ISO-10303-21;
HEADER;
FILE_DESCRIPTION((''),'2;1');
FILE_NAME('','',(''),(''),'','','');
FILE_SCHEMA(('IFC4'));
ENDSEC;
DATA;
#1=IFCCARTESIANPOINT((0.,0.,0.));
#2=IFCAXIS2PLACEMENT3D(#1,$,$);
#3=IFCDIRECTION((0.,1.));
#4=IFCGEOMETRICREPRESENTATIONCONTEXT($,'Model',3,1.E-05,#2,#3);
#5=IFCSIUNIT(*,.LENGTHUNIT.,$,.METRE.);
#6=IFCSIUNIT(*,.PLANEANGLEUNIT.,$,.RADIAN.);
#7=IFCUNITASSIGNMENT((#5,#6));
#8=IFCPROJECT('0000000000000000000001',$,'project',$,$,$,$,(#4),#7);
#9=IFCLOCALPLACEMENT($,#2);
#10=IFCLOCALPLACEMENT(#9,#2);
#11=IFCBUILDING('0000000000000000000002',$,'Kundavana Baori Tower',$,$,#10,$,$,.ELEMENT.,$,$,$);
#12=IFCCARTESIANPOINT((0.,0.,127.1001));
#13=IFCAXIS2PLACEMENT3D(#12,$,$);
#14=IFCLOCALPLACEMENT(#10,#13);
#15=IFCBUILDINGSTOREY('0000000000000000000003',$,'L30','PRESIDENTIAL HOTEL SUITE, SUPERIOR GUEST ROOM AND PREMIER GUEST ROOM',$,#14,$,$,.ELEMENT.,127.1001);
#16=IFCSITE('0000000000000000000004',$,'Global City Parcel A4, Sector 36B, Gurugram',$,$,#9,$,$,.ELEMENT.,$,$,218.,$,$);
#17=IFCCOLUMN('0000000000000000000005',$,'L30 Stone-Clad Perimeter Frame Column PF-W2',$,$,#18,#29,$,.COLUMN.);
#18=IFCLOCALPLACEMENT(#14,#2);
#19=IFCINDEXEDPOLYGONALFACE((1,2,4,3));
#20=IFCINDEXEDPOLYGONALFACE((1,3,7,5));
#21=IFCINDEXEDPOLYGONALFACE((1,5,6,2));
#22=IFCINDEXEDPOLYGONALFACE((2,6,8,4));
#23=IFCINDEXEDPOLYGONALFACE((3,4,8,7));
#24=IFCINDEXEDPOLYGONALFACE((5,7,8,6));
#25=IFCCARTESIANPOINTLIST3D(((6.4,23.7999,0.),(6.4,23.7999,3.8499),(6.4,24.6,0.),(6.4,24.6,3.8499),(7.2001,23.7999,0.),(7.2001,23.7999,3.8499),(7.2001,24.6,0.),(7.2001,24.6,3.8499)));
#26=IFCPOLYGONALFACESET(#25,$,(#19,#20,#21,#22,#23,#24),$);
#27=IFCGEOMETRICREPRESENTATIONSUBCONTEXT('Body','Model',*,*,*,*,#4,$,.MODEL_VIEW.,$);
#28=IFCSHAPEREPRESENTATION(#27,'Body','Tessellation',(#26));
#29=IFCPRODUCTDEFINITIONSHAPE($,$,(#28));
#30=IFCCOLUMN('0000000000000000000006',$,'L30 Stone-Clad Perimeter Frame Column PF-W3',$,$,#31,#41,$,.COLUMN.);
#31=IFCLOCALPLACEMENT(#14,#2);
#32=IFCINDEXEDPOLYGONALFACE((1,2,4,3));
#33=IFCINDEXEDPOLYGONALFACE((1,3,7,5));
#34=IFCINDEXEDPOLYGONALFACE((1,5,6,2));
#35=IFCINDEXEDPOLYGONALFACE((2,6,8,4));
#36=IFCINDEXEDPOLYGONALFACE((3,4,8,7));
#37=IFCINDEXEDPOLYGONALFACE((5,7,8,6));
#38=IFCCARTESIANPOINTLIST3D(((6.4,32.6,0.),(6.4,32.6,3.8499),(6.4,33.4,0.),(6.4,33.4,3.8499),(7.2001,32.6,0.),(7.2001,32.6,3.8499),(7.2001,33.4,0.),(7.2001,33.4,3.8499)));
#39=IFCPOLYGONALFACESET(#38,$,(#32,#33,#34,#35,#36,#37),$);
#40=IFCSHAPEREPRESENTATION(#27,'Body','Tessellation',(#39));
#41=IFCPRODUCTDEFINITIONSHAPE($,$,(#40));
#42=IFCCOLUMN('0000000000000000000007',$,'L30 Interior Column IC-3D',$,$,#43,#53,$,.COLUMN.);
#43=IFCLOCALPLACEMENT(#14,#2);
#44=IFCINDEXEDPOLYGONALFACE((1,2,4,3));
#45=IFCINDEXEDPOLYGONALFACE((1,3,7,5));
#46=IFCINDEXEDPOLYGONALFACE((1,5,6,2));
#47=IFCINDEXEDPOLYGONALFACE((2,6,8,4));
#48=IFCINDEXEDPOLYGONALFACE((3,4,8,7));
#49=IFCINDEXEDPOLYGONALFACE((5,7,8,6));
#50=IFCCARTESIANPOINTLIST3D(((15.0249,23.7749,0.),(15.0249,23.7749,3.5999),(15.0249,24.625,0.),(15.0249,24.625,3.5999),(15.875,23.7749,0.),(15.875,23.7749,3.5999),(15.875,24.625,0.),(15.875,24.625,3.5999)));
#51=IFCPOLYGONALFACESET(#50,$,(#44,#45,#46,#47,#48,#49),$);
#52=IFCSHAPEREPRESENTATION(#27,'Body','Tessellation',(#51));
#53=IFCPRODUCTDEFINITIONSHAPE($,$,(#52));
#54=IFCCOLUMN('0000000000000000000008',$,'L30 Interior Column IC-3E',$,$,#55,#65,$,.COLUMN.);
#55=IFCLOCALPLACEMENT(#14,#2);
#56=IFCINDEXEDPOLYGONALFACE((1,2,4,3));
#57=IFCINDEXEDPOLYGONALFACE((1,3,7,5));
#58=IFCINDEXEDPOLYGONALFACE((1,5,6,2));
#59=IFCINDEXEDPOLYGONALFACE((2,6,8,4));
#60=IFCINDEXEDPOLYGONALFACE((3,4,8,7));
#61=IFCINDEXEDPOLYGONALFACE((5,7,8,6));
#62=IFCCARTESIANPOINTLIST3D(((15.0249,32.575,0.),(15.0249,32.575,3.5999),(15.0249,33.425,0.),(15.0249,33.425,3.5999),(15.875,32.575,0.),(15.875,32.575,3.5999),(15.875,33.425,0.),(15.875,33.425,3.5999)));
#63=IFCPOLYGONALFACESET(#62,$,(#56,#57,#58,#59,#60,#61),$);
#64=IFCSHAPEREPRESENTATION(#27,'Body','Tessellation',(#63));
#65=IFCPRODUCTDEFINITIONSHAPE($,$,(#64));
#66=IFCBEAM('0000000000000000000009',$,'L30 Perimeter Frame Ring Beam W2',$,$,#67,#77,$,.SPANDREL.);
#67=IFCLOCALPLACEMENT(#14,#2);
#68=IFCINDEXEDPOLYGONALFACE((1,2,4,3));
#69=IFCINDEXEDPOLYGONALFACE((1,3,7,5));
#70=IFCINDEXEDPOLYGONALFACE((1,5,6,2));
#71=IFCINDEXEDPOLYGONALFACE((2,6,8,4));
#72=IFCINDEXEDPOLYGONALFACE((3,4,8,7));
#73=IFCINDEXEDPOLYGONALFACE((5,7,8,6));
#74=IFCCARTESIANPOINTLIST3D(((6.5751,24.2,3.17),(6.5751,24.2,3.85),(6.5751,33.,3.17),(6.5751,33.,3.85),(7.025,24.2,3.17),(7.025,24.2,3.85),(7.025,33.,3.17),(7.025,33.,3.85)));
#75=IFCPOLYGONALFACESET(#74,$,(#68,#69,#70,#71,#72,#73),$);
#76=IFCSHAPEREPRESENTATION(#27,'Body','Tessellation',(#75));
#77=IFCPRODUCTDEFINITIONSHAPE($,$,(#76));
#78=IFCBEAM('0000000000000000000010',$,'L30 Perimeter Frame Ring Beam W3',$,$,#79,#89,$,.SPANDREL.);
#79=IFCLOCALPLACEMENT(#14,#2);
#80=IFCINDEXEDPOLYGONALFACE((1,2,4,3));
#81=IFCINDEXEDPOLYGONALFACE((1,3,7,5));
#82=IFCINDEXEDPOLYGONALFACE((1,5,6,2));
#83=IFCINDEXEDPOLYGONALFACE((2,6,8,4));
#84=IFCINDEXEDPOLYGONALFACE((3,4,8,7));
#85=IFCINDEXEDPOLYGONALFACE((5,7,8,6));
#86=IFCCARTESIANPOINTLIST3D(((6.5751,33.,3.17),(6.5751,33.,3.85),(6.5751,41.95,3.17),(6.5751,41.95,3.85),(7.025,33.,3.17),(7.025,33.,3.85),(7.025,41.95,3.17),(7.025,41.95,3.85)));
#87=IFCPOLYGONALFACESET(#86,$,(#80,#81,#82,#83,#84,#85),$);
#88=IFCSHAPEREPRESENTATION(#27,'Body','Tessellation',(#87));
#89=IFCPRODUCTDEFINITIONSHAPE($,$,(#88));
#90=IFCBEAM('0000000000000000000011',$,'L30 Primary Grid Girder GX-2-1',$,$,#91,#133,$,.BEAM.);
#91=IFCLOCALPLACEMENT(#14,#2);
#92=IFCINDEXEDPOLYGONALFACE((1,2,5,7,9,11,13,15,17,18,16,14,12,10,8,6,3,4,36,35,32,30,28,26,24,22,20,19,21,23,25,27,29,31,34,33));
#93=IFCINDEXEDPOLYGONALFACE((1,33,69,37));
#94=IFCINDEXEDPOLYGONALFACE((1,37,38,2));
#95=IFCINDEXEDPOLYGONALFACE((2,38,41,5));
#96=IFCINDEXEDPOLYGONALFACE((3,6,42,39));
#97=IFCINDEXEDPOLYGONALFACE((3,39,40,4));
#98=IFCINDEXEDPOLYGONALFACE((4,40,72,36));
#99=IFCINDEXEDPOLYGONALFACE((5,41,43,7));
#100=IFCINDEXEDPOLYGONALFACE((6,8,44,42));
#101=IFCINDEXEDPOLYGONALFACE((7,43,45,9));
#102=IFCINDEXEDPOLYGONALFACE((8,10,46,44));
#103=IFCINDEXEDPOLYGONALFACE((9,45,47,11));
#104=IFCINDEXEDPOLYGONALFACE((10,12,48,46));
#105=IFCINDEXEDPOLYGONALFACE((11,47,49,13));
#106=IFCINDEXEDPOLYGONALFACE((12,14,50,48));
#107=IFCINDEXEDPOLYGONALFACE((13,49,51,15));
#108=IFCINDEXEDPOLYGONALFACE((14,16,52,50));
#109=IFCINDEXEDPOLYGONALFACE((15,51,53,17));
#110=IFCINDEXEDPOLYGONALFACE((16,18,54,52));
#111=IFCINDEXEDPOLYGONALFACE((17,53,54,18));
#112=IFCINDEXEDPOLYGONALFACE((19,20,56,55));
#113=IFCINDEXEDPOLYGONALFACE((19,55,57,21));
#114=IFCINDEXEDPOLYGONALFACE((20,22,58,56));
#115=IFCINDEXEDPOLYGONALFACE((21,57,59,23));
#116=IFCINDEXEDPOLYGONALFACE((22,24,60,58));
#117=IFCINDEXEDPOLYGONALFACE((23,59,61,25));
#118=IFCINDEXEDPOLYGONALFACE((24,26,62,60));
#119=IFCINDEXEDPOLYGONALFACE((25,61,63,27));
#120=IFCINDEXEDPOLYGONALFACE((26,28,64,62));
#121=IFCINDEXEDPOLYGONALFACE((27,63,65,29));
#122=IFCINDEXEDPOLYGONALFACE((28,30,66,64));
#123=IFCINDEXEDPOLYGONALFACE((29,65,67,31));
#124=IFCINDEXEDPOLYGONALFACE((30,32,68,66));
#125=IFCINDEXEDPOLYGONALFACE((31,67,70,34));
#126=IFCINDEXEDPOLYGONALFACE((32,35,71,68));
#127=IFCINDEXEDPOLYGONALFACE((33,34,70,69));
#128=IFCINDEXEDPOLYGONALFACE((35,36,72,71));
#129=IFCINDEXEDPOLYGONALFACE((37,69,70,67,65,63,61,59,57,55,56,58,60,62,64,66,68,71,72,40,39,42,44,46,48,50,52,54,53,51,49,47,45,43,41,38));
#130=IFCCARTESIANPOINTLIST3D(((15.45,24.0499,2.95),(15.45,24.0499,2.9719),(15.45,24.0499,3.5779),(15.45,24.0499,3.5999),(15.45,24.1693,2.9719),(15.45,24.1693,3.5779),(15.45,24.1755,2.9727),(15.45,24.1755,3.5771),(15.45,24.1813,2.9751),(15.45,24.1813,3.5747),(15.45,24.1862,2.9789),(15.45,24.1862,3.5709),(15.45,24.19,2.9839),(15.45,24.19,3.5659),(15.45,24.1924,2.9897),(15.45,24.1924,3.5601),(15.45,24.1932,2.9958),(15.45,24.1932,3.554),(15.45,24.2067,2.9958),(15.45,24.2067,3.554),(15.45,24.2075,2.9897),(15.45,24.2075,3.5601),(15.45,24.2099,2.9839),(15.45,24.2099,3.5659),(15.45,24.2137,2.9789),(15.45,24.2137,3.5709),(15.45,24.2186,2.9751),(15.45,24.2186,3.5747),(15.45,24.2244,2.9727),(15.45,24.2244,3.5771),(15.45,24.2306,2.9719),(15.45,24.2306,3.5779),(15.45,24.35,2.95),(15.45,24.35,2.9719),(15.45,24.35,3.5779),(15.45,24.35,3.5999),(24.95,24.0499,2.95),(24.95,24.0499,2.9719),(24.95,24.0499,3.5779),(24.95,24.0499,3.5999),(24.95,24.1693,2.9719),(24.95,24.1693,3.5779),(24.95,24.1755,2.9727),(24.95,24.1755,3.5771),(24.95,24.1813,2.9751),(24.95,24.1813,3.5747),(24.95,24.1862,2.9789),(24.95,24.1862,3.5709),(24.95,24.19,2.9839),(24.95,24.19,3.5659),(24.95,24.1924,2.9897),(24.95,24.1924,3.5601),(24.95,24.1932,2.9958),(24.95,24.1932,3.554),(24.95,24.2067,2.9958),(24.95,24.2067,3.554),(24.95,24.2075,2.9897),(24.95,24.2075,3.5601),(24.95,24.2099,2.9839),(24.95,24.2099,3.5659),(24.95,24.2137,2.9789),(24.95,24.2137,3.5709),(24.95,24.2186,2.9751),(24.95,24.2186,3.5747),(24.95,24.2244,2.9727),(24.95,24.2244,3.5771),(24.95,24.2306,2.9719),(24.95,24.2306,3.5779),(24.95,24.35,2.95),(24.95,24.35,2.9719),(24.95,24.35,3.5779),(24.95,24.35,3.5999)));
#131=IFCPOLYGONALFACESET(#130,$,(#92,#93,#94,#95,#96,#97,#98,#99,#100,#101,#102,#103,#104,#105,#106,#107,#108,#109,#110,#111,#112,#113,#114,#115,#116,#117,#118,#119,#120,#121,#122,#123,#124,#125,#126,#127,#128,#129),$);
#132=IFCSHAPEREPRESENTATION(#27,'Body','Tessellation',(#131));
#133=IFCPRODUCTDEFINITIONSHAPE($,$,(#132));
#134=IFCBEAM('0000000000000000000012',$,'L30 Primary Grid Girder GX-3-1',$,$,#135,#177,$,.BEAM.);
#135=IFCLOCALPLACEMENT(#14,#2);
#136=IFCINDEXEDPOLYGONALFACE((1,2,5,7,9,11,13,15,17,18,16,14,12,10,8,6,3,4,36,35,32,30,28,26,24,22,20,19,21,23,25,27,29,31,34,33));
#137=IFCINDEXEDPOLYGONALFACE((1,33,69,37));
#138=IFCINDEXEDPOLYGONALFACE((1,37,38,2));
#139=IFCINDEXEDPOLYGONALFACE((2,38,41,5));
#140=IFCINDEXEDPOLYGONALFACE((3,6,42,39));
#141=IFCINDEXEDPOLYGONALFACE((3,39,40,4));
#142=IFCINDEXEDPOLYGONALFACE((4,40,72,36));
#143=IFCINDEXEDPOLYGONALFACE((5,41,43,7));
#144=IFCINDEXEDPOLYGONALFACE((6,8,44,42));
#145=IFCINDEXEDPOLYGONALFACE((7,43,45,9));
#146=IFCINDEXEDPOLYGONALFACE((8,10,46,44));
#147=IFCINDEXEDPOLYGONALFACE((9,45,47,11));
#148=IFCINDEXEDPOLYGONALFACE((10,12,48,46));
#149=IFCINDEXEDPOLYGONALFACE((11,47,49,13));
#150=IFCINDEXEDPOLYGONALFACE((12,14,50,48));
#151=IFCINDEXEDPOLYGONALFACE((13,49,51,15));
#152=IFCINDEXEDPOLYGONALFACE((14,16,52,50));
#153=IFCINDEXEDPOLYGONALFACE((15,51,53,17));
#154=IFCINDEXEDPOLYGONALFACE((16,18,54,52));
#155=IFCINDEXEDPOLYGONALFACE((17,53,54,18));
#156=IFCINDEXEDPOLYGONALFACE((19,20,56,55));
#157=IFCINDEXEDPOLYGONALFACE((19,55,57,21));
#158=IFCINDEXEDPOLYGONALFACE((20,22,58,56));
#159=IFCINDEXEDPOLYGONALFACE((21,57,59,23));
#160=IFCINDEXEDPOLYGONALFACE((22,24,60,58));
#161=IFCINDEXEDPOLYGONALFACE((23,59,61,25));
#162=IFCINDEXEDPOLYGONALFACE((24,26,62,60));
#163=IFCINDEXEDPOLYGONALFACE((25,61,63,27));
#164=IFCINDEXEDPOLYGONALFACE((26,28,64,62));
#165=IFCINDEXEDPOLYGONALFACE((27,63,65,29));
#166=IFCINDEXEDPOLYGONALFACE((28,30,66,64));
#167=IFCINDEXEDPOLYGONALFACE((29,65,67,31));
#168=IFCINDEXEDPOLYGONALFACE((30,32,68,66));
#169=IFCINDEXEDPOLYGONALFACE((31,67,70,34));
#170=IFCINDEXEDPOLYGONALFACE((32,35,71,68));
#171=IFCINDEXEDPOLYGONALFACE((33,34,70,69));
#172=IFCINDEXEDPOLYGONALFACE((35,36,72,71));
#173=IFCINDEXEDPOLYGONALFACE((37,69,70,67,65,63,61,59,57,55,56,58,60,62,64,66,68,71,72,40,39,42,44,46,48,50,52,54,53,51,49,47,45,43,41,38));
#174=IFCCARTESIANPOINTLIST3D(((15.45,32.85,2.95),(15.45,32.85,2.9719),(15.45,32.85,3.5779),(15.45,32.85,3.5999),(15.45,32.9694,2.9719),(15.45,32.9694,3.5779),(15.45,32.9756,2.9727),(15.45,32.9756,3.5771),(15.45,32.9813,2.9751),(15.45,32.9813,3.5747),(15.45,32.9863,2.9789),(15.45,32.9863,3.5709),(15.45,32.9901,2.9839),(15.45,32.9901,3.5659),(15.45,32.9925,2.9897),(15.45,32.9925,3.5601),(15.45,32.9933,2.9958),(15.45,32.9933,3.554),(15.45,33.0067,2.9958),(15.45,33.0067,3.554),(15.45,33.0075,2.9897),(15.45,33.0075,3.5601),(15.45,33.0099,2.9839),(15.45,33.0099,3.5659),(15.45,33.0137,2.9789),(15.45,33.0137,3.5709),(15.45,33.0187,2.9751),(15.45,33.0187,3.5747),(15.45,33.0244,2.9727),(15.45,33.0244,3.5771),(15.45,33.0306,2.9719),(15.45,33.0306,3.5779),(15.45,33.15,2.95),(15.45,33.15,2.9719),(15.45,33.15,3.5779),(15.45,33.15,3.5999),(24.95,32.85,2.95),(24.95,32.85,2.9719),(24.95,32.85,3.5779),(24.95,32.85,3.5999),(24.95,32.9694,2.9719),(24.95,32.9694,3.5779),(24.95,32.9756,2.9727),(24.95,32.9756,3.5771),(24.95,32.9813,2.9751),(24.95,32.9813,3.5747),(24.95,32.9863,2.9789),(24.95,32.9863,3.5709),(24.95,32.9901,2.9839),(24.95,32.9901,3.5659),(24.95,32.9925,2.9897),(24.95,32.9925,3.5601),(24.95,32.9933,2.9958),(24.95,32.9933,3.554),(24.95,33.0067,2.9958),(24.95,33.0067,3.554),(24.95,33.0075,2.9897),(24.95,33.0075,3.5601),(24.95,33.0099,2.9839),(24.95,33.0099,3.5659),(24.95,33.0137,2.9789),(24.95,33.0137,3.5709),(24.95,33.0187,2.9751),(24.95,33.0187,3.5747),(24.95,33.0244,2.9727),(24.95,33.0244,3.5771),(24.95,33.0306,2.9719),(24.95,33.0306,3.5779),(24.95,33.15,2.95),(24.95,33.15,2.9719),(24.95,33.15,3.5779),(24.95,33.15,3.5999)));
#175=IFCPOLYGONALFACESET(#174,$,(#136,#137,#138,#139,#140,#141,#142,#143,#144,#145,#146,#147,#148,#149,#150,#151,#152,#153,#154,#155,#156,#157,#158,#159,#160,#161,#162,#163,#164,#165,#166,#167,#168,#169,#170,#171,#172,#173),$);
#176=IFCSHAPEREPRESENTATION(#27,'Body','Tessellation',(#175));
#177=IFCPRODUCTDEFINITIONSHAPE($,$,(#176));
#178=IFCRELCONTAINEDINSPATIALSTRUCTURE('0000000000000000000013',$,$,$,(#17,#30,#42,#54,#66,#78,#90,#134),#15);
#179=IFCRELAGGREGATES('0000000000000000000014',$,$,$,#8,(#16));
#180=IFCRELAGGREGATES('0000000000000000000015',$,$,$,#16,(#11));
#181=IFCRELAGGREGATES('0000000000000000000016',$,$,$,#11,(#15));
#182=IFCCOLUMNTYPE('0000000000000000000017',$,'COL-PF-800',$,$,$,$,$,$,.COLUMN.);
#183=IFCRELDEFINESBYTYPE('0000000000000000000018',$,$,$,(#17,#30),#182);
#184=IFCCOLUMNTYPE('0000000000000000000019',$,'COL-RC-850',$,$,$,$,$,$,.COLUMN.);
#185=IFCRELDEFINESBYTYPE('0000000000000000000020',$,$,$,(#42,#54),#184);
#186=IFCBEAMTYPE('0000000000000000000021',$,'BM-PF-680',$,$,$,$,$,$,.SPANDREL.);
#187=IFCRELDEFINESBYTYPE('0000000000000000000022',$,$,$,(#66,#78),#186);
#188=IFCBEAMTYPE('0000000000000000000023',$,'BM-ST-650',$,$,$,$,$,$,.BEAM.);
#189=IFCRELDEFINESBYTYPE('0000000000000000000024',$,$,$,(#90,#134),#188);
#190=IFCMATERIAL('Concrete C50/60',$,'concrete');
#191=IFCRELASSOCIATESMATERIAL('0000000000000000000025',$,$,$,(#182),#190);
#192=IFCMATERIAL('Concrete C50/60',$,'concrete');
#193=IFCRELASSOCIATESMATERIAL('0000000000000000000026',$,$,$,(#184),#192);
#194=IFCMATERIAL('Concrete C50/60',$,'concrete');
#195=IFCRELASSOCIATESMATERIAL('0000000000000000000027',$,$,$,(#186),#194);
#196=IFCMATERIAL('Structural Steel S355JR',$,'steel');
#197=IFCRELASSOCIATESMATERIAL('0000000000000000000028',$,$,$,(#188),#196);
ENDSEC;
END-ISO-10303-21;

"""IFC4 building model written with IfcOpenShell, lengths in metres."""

from ifc_helpers import new_model, si_unit, direction, frame, origin, origin_2d, place, context, subcontext, project, spatial, rectangle, i_section, extrude, material, material_profile, profile_set, type_object, element, save


model = new_model("IFC4")

# Units and contexts
model_context = context("Model", 3, precision=1e-05, world=origin(), true_north=direction((0.0, 1.0)))
body_context = subcontext(model_context, "Body", "Model", "MODEL_VIEW")
ifc_project = project(units=[si_unit("LENGTHUNIT", "METRE"), si_unit("PLANEANGLEUNIT", "RADIAN")], contexts=[model_context])

# Site, building, storey
site_placement = place(None, origin())
site = spatial("IfcSite", under=ifc_project, at=site_placement, Name="Global City Parcel A4, Sector 36B, Gurugram", CompositionType="ELEMENT", RefElevation=218.0)
building_placement = place(site_placement, origin())
building = spatial("IfcBuilding", under=site, at=building_placement, Name="Kundavana Baori Tower", CompositionType="ELEMENT")
storey_placement = place(building_placement, frame((0.0, 0.0, 127.1001)))
storey = spatial("IfcBuildingStorey", under=building, at=storey_placement, Name="L30", Description="PRESIDENTIAL HOTEL SUITE, SUPERIOR GUEST ROOM AND PREMIER GUEST ROOM", CompositionType="ELEMENT", Elevation=127.1001)

# Columns
ifc_material_1 = material(Name="Concrete C50/60", Category="concrete")
ifc_material_profile_1 = material_profile(ifc_material_1, rectangle(XDim=0.8, YDim=0.8, at=origin_2d()), Name="RC PF 800x800")
ifc_profile_set_1 = profile_set([ifc_material_profile_1], Name="Concrete C50/60")
column_type_1 = type_object("IfcColumnType", Name="COL-PF-800", PredefinedType="COLUMN", material=ifc_profile_set_1)
for number, where, z_axis, x_axis, name in (
    (1, (6.8, 24.2, 0.0), (0.0, 0.0, 1.0), (1.0, 0.0, 0.0), "L30 Stone-Clad Perimeter Frame Column PF-W2"),
    (2, (6.8, 33.0, 0.0), (0.0, 0.0, 1.0), (1.0, 0.0, 0.0), "L30 Stone-Clad Perimeter Frame Column PF-W3"),
):
    element("IfcColumn", number, at=place(storey_placement, frame(where, z_axis=z_axis, x_axis=x_axis)), inside=storey, type_object=column_type_1, Name=name, PredefinedType="COLUMN", context=body_context, shape_type="SweptSolid", body=[
        extrude(rectangle(XDim=0.8, YDim=0.8, at=origin_2d()), origin(), (0.0, 0.0, 1.0), 3.8499),
    ])
ifc_material_2 = material(Name="Concrete C50/60", Category="concrete")
ifc_material_profile_2 = material_profile(ifc_material_2, rectangle(XDim=0.8501, YDim=0.8501, at=origin_2d()), Name="RC 850x850")
ifc_profile_set_2 = profile_set([ifc_material_profile_2], Name="Concrete C50/60")
column_type_2 = type_object("IfcColumnType", Name="COL-RC-850", PredefinedType="COLUMN", material=ifc_profile_set_2)
for number, where, z_axis, x_axis, name in (
    (3, (15.45, 24.2, 0.0), (0.0, 0.0, 1.0), (1.0, 0.0, 0.0), "L30 Interior Column IC-3D"),
    (4, (15.45, 33.0, 0.0), (0.0, 0.0, 1.0), (1.0, 0.0, 0.0), "L30 Interior Column IC-3E"),
):
    element("IfcColumn", number, at=place(storey_placement, frame(where, z_axis=z_axis, x_axis=x_axis)), inside=storey, type_object=column_type_2, Name=name, PredefinedType="COLUMN", context=body_context, shape_type="SweptSolid", body=[
        extrude(rectangle(XDim=0.8501, YDim=0.8501, at=origin_2d()), origin(), (0.0, 0.0, 1.0), 3.5999),
    ])

# Beams
ifc_material_3 = material(Name="Concrete C50/60", Category="concrete")
ifc_material_profile_3 = material_profile(ifc_material_3, rectangle(XDim=0.45, YDim=0.6799, at=origin_2d()), Name="RC BM 450x680")
ifc_profile_set_3 = profile_set([ifc_material_profile_3], Name="Concrete C50/60")
beam_type_1 = type_object("IfcBeamType", Name="BM-PF-680", PredefinedType="SPANDREL", material=ifc_profile_set_3)
beam_1_placement = place(storey_placement, frame((6.8, 24.2, 3.51), z_axis=(0.0, 1.0, 0.0), x_axis=(-1.0, 0.0, 0.0)))
element("IfcBeam", 5, at=beam_1_placement, inside=storey, type_object=beam_type_1, Name="L30 Perimeter Frame Ring Beam W2", PredefinedType="SPANDREL", context=body_context, shape_type="SweptSolid", body=[
    extrude(rectangle(XDim=0.45, YDim=0.6799, at=origin_2d()), origin(), (0.0, 0.0, 1.0), 8.8),
])
beam_2_placement = place(storey_placement, frame((6.8, 33.0, 3.51), z_axis=(0.0, 1.0, 0.0), x_axis=(-1.0, 0.0, 0.0)))
element("IfcBeam", 6, at=beam_2_placement, inside=storey, type_object=beam_type_1, Name="L30 Perimeter Frame Ring Beam W3", PredefinedType="SPANDREL", context=body_context, shape_type="SweptSolid", body=[
    extrude(rectangle(XDim=0.45, YDim=0.6799, at=origin_2d()), origin(), (0.0, 0.0, 1.0), 8.95),
])
ifc_material_4 = material(Name="Structural Steel S355JR", Category="steel")
ifc_material_profile_4 = material_profile(ifc_material_4, i_section(OverallWidth=0.3, OverallDepth=0.6499, WebThickness=0.0134, FlangeThickness=0.022, FilletRadius=0.0239, at=origin_2d()), Name="NPB 650x300x155")
ifc_profile_set_4 = profile_set([ifc_material_profile_4], Name="Structural Steel S355JR")
beam_type_2 = type_object("IfcBeamType", Name="BM-ST-650", PredefinedType="BEAM", material=ifc_profile_set_4)
for number, where, z_axis, x_axis, name in (
    (7, (15.45, 24.2, 3.2749), (1.0, 0.0, 0.0), (0.0, 1.0, 0.0), "L30 Primary Grid Girder GX-2-1"),
    (8, (15.45, 33.0, 3.2749), (1.0, 0.0, 0.0), (0.0, 1.0, 0.0), "L30 Primary Grid Girder GX-3-1"),
):
    element("IfcBeam", number, at=place(storey_placement, frame(where, z_axis=z_axis, x_axis=x_axis)), inside=storey, type_object=beam_type_2, Name=name, PredefinedType="BEAM", context=body_context, shape_type="SweptSolid", body=[
        extrude(i_section(OverallWidth=0.3, OverallDepth=0.6499, WebThickness=0.0134, FlangeThickness=0.022, FilletRadius=0.0239, at=origin_2d()), origin(), (0.0, 0.0, 1.0), 9.5),
    ])

save(model, "model.ifc")
